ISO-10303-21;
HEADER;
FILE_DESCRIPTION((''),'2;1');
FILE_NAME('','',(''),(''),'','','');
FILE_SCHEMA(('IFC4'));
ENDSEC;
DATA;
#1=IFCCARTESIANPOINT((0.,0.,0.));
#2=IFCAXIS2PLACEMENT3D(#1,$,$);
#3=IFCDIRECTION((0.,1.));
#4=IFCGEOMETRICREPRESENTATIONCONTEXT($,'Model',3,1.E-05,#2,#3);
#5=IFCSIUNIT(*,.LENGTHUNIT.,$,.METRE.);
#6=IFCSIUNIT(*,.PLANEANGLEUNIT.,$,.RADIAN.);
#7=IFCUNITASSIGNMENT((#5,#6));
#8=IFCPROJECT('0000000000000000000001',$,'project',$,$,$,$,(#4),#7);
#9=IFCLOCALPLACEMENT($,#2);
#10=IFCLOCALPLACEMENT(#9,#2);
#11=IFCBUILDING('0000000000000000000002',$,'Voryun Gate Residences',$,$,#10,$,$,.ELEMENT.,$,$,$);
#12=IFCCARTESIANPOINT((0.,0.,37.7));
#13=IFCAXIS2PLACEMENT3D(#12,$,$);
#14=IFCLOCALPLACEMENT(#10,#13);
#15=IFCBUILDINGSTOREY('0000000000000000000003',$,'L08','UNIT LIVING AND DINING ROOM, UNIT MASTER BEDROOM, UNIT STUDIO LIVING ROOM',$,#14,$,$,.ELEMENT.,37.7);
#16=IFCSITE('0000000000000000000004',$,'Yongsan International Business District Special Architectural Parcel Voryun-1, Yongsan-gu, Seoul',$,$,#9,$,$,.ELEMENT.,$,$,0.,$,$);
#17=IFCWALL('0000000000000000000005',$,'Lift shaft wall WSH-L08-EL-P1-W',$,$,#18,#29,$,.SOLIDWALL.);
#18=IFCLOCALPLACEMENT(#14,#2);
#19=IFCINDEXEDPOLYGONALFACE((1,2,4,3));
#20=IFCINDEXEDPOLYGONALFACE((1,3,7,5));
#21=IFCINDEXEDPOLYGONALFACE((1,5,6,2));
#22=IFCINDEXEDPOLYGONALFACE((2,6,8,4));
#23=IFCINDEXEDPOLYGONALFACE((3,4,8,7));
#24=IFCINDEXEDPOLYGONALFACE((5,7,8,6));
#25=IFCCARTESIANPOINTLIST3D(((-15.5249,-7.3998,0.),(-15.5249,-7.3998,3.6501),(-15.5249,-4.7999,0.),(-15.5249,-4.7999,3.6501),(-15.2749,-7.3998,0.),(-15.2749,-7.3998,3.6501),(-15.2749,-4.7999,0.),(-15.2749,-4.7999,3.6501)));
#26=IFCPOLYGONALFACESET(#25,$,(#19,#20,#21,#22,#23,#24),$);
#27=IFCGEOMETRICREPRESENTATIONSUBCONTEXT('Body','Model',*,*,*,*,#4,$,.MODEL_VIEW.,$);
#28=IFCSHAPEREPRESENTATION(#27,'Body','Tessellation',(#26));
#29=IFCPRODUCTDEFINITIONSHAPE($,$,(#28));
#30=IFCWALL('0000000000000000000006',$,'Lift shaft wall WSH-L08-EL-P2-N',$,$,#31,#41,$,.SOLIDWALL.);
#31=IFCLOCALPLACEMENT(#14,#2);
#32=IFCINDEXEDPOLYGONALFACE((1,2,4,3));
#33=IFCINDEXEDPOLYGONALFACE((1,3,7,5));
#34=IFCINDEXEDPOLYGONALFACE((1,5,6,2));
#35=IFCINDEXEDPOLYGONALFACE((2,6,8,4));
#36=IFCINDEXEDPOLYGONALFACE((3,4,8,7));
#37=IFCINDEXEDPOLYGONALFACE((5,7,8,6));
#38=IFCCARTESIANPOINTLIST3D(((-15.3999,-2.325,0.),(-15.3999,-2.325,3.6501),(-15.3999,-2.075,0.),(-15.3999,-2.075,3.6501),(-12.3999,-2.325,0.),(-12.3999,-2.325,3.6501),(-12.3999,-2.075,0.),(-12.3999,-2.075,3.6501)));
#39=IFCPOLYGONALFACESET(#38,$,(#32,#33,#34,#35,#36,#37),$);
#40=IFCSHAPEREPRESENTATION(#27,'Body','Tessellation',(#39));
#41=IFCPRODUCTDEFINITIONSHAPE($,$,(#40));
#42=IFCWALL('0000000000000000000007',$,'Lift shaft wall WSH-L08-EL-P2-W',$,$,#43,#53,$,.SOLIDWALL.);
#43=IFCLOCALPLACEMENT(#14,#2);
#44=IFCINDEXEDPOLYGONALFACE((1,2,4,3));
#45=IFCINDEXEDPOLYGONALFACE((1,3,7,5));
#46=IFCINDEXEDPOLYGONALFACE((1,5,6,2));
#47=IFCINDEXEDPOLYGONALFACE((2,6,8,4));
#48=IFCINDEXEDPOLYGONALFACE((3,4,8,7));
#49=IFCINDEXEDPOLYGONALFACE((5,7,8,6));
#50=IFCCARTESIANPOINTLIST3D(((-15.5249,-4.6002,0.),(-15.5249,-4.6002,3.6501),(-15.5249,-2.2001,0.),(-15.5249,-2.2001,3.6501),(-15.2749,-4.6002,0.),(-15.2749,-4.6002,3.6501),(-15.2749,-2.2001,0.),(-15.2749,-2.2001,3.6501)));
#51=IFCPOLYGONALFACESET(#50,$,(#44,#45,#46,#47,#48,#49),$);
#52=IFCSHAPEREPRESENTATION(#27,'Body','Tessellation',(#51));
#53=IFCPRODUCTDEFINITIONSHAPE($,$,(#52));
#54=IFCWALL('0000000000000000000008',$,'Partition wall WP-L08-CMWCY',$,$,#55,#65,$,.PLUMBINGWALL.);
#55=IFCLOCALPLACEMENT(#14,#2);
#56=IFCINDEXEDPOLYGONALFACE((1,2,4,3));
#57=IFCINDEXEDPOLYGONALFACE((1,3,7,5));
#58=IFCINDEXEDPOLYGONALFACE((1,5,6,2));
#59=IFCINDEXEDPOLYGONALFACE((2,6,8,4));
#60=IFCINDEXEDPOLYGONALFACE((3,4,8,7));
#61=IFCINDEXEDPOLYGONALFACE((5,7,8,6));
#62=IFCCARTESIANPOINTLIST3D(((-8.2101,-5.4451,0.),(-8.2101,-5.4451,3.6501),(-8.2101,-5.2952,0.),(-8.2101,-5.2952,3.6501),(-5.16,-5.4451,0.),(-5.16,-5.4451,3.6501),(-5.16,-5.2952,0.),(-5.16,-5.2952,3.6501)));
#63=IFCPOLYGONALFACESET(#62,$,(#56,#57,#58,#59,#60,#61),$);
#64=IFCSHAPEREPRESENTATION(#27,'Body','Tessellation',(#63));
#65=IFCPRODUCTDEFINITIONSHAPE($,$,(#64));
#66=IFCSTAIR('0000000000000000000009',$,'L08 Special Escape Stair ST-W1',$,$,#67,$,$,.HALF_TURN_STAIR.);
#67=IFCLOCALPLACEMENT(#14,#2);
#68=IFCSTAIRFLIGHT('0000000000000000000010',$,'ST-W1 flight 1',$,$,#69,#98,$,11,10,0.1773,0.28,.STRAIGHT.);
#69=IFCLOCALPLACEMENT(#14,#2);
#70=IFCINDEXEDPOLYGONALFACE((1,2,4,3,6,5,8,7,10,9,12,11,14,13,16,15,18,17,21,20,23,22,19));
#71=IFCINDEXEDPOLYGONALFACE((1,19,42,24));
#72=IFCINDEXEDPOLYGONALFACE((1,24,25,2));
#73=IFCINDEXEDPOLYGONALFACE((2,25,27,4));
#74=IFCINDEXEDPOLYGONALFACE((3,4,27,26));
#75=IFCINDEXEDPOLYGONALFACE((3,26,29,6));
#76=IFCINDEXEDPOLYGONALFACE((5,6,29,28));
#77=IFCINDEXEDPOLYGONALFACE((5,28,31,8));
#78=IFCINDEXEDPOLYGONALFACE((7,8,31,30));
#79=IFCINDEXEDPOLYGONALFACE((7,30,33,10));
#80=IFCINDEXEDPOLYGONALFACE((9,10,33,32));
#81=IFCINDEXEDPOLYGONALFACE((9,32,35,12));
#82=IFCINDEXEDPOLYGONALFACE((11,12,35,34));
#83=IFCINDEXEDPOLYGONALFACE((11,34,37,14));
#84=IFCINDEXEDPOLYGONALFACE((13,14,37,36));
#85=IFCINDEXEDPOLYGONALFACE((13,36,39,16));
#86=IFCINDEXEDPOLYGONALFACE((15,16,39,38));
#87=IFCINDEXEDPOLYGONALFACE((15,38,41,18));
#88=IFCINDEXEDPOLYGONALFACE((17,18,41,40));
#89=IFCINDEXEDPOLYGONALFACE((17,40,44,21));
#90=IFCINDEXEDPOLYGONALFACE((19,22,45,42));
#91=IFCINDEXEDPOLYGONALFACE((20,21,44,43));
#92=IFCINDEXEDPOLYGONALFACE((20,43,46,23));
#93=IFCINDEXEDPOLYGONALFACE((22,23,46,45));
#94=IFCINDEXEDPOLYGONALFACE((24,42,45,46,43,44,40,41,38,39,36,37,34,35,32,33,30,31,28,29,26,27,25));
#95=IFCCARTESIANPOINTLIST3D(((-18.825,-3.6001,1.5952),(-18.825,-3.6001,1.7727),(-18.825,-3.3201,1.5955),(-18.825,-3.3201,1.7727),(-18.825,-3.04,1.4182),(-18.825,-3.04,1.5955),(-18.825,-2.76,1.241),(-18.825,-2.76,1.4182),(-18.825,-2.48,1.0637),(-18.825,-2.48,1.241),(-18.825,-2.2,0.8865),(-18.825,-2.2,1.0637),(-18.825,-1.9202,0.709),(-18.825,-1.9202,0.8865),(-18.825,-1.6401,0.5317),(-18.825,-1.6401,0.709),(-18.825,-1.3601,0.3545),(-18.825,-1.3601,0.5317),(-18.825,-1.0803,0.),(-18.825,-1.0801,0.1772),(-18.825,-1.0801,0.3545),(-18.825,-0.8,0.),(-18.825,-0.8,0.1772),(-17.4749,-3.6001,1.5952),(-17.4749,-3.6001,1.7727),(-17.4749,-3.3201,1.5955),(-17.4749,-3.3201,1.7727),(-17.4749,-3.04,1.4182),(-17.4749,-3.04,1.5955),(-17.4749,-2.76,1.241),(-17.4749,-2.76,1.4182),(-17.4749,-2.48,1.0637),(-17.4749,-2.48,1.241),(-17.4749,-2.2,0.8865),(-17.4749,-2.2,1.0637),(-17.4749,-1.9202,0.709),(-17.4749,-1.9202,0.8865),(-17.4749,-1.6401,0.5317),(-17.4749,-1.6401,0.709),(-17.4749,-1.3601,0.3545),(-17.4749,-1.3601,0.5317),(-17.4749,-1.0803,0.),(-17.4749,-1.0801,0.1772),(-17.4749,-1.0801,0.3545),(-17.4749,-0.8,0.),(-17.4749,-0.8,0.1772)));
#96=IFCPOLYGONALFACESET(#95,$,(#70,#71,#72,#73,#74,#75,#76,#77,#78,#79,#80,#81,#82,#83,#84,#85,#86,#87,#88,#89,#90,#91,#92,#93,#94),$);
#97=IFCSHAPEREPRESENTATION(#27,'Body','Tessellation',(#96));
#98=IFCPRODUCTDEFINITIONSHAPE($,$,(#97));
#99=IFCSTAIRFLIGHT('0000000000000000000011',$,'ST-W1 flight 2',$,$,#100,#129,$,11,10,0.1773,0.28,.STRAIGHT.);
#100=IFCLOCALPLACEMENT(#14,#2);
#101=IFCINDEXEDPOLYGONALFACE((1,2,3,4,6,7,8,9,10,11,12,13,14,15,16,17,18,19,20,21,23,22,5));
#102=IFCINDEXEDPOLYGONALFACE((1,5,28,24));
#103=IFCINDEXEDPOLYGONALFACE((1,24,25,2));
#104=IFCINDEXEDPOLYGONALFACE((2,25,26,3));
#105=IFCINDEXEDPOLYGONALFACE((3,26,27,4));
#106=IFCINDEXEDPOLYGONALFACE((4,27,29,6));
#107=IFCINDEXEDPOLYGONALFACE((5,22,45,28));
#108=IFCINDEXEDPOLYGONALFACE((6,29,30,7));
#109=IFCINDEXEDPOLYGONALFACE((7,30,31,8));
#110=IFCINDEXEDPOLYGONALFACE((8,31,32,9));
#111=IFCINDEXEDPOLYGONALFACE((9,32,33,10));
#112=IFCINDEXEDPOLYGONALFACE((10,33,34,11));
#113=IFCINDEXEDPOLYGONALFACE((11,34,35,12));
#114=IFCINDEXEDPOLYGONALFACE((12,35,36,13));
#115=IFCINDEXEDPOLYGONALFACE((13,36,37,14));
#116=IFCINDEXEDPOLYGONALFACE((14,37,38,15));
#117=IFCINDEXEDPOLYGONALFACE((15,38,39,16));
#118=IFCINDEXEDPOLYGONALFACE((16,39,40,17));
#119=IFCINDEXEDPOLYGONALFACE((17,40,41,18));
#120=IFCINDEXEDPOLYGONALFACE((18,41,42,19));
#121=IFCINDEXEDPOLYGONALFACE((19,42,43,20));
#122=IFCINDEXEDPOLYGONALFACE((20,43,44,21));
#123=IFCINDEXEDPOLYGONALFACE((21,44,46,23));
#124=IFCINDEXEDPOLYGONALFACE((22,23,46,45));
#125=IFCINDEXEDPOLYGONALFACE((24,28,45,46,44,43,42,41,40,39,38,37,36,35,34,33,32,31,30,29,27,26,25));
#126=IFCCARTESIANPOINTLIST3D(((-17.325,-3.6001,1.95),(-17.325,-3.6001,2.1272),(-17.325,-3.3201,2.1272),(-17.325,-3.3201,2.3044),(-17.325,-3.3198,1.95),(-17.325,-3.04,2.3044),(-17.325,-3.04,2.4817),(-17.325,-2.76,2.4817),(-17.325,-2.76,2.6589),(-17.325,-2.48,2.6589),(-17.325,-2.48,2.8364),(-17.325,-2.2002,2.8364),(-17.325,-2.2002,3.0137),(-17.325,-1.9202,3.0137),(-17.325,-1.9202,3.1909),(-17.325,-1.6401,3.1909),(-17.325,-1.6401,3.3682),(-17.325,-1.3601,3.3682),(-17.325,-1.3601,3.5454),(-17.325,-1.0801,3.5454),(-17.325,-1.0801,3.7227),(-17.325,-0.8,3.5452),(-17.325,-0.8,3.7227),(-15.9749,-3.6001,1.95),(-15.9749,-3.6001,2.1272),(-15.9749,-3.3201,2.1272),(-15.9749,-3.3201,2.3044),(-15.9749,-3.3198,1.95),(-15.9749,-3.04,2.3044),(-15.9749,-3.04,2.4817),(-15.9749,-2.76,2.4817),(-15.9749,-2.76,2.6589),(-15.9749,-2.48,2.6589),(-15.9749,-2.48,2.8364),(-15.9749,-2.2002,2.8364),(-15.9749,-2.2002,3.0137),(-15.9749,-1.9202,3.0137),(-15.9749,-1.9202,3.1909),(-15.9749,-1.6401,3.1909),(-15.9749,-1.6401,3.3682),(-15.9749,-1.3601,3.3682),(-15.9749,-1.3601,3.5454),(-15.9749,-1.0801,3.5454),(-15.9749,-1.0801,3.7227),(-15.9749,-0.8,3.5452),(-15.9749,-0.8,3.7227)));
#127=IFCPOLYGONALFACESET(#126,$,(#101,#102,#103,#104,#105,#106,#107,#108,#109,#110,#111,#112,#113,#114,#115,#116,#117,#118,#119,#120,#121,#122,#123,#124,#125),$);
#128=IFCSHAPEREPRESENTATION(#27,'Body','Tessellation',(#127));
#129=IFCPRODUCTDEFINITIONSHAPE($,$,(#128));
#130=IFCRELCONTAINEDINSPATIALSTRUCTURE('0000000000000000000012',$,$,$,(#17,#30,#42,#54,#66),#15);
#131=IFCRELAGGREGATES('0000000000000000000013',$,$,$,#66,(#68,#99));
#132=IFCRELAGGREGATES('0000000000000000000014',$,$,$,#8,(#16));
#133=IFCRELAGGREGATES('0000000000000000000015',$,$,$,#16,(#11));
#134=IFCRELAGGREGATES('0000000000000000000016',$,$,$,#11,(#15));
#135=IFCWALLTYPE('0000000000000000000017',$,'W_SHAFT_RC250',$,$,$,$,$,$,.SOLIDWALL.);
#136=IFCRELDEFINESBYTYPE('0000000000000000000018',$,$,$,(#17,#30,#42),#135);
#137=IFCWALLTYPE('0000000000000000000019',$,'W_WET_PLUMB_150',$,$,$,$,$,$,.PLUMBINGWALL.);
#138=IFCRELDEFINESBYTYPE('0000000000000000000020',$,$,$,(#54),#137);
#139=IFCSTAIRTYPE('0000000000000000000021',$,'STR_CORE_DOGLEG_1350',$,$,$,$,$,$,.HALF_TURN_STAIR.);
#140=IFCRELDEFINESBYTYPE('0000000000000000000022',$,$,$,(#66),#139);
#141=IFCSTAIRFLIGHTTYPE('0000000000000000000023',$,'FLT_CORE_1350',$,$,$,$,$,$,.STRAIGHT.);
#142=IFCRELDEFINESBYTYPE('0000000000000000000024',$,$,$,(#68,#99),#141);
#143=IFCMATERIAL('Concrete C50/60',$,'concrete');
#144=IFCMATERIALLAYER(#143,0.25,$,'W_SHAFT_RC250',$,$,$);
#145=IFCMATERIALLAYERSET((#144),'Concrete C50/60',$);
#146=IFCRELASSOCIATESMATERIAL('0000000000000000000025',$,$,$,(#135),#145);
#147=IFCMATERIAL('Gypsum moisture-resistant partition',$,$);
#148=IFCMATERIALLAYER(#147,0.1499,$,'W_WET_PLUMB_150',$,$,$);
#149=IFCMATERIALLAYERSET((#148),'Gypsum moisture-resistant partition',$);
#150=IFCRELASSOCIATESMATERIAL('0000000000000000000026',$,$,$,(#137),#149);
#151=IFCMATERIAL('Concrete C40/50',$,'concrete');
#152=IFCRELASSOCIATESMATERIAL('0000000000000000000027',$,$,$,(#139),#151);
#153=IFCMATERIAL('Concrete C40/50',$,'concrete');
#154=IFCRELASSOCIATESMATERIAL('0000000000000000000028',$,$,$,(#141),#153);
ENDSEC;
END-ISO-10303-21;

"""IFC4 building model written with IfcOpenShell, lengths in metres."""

from ifc_helpers import new_model, si_unit, direction, frame, frame_2d, origin, place, context, subcontext, project, spatial, polyline, rectangle, outline, extrude, material, layer, layer_set, type_object, element, aggregate, save


model = new_model("IFC4")

# Units and contexts
model_context = context("Model", 3, precision=1e-05, world=origin(), true_north=direction((0.0, 1.0)))
body_context = subcontext(model_context, "Body", "Model", "MODEL_VIEW")
ifc_project = project(units=[si_unit("LENGTHUNIT", "METRE"), si_unit("PLANEANGLEUNIT", "RADIAN")], contexts=[model_context])

# Site, building, storey
site_placement = place(None, origin())
site = spatial("IfcSite", under=ifc_project, at=site_placement, Name="Yongsan International Business District Special Architectural Parcel Voryun-1, Yongsan-gu, Seoul", CompositionType="ELEMENT", RefElevation=0.0)
building_placement = place(site_placement, origin())
building = spatial("IfcBuilding", under=site, at=building_placement, Name="Voryun Gate Residences", CompositionType="ELEMENT")
storey_placement = place(building_placement, frame((0.0, 0.0, 37.7)))
storey = spatial("IfcBuildingStorey", under=building, at=storey_placement, Name="L08", Description="UNIT LIVING AND DINING ROOM, UNIT MASTER BEDROOM, UNIT STUDIO LIVING ROOM", CompositionType="ELEMENT", Elevation=37.7)

# Walls
ifc_material_1 = material(Name="Concrete C50/60", Category="concrete")
ifc_layer_1 = layer(ifc_material_1, 0.25, Name="W_SHAFT_RC250")
ifc_layer_set_1 = layer_set([ifc_layer_1], Name="Concrete C50/60")
wall_type_1 = type_object("IfcWallType", Name="W_SHAFT_RC250", PredefinedType="SOLIDWALL", material=ifc_layer_set_1)
wall_1_placement = place(storey_placement, frame((-15.3999, -4.8, 0.0), z_axis=(0.0, 0.0, 1.0), x_axis=(0.0, -1.0, 0.0)))
element("IfcWall", 1, at=wall_1_placement, inside=storey, type_object=wall_type_1, Name="Lift shaft wall WSH-L08-EL-P1-W", PredefinedType="SOLIDWALL", context=body_context, shape_type="SweptSolid", body=[
    extrude(rectangle(XDim=2.5999, YDim=0.25, at=frame_2d((1.2998, 0.0))), origin(), (0.0, 0.0, 1.0), 3.6501),
])
wall_2_placement = place(storey_placement, frame((-12.3999, -2.2, 0.0), z_axis=(0.0, 0.0, 1.0), x_axis=(-1.0, 0.0, 0.0)))
element("IfcWall", 2, at=wall_2_placement, inside=storey, type_object=wall_type_1, Name="Lift shaft wall WSH-L08-EL-P2-N", PredefinedType="SOLIDWALL", context=body_context, shape_type="SweptSolid", body=[
    extrude(rectangle(XDim=3.0, YDim=0.25, at=frame_2d((1.5, 0.0))), origin(), (0.0, 0.0, 1.0), 3.6501),
])
wall_3_placement = place(storey_placement, frame((-15.3999, -2.2, 0.0), z_axis=(0.0, 0.0, 1.0), x_axis=(0.0, -1.0, 0.0)))
element("IfcWall", 3, at=wall_3_placement, inside=storey, type_object=wall_type_1, Name="Lift shaft wall WSH-L08-EL-P2-W", PredefinedType="SOLIDWALL", context=body_context, shape_type="SweptSolid", body=[
    extrude(rectangle(XDim=2.4001, YDim=0.25, at=frame_2d((1.2002, 0.0))), origin(), (0.0, 0.0, 1.0), 3.6501),
])
ifc_material_2 = material(Name="Gypsum moisture-resistant partition")
ifc_layer_2 = layer(ifc_material_2, 0.1499, Name="W_WET_PLUMB_150")
ifc_layer_set_2 = layer_set([ifc_layer_2], Name="Gypsum moisture-resistant partition")
wall_type_2 = type_object("IfcWallType", Name="W_WET_PLUMB_150", PredefinedType="PLUMBINGWALL", material=ifc_layer_set_2)
wall_4_placement = place(storey_placement, frame((-8.21, -5.3701, 0.0), z_axis=(0.0, 0.0, 1.0), x_axis=(1.0, 0.0, 0.0)))
element("IfcWall", 4, at=wall_4_placement, inside=storey, type_object=wall_type_2, Name="Partition wall WP-L08-CMWCY", PredefinedType="PLUMBINGWALL", context=body_context, shape_type="SweptSolid", body=[
    extrude(rectangle(XDim=3.05, YDim=0.1499, at=frame_2d((1.5249, 0.0))), origin(), (0.0, 0.0, 1.0), 3.6501),
])

# Stair, stair flights
ifc_material_3 = material(Name="Concrete C40/50", Category="concrete")
stair_type = type_object("IfcStairType", Name="STR_CORE_DOGLEG_1350", PredefinedType="HALF_TURN_STAIR", material=ifc_material_3)
stair_placement = place(storey_placement, origin())
stair = element("IfcStair", 5, at=stair_placement, inside=storey, type_object=stair_type, Name="L08 Special Escape Stair ST-W1", PredefinedType="HALF_TURN_STAIR")
ifc_material_4 = material(Name="Concrete C40/50", Category="concrete")
stair_flight_type = type_object("IfcStairFlightType", Name="FLT_CORE_1350", PredefinedType="STRAIGHT", material=ifc_material_4)
stair_flight_1_placement = place(storey_placement, frame((-18.1499, -0.8, 0.0), z_axis=(0.0, 0.0, 1.0), x_axis=(0.0, -1.0, 0.0)))
stair_flight_1 = element("IfcStairFlight", 6, at=stair_flight_1_placement, type_object=stair_flight_type, Name="ST-W1 flight 1", NumberOfRisers=11, NumberOfTreads=10, PredefinedType="STRAIGHT", RiserHeight=0.1773, TreadLength=0.28, context=body_context, shape_type="SweptSolid", body=[
    extrude(outline(polyline([(0.0, 0.0), (0.0, 0.1772), (0.28, 0.1772), (0.28, 0.3545), (0.5601, 0.3545), (0.5601, 0.5317), (0.8401, 0.5317), (0.8401, 0.709), (1.1201, 0.709), (1.1201, 0.8865), (1.3999, 0.8865), (1.3999, 1.0637), (1.6799, 1.0637), (1.6799, 1.241), (1.96, 1.241), (1.96, 1.4182), (2.24, 1.4182), (2.24, 1.5955), (2.52, 1.5955), (2.52, 1.7727), (2.8, 1.7727), (2.8, 1.95), (2.8, 1.5952), (0.2803, 0.0), (0.0, 0.0)])), frame((0.0, 0.675, 0.0), z_axis=(0.0, -1.0, 0.0), x_axis=(1.0, 0.0, 0.0)), (0.0, 0.0, 1.0), 1.3501),
])
stair_flight_2_placement = place(storey_placement, frame((-16.6499, -3.6001, 1.95), z_axis=(0.0, 0.0, 1.0), x_axis=(0.0, 1.0, 0.0)))
stair_flight_2 = element("IfcStairFlight", 7, at=stair_flight_2_placement, type_object=stair_flight_type, Name="ST-W1 flight 2", NumberOfRisers=11, NumberOfTreads=10, PredefinedType="STRAIGHT", RiserHeight=0.1773, TreadLength=0.28, context=body_context, shape_type="SweptSolid", body=[
    extrude(outline(polyline([(0.0, 0.0), (0.0, 0.1772), (0.28, 0.1772), (0.28, 0.3545), (0.5601, 0.3545), (0.5601, 0.5317), (0.8401, 0.5317), (0.8401, 0.709), (1.1201, 0.709), (1.1201, 0.8865), (1.3999, 0.8865), (1.3999, 1.0637), (1.6799, 1.0637), (1.6799, 1.241), (1.96, 1.241), (1.96, 1.4182), (2.24, 1.4182), (2.24, 1.5955), (2.52, 1.5955), (2.52, 1.7727), (2.8, 1.7727), (2.8, 1.95), (2.8, 1.5952), (0.2803, 0.0), (0.0, 0.0)])), frame((0.0, 0.675, 0.0), z_axis=(0.0, -1.0, 0.0), x_axis=(1.0, 0.0, 0.0)), (0.0, 0.0, 1.0), 1.3501),
])
aggregate(stair, [stair_flight_1, stair_flight_2])

save(model, "model.ifc")
